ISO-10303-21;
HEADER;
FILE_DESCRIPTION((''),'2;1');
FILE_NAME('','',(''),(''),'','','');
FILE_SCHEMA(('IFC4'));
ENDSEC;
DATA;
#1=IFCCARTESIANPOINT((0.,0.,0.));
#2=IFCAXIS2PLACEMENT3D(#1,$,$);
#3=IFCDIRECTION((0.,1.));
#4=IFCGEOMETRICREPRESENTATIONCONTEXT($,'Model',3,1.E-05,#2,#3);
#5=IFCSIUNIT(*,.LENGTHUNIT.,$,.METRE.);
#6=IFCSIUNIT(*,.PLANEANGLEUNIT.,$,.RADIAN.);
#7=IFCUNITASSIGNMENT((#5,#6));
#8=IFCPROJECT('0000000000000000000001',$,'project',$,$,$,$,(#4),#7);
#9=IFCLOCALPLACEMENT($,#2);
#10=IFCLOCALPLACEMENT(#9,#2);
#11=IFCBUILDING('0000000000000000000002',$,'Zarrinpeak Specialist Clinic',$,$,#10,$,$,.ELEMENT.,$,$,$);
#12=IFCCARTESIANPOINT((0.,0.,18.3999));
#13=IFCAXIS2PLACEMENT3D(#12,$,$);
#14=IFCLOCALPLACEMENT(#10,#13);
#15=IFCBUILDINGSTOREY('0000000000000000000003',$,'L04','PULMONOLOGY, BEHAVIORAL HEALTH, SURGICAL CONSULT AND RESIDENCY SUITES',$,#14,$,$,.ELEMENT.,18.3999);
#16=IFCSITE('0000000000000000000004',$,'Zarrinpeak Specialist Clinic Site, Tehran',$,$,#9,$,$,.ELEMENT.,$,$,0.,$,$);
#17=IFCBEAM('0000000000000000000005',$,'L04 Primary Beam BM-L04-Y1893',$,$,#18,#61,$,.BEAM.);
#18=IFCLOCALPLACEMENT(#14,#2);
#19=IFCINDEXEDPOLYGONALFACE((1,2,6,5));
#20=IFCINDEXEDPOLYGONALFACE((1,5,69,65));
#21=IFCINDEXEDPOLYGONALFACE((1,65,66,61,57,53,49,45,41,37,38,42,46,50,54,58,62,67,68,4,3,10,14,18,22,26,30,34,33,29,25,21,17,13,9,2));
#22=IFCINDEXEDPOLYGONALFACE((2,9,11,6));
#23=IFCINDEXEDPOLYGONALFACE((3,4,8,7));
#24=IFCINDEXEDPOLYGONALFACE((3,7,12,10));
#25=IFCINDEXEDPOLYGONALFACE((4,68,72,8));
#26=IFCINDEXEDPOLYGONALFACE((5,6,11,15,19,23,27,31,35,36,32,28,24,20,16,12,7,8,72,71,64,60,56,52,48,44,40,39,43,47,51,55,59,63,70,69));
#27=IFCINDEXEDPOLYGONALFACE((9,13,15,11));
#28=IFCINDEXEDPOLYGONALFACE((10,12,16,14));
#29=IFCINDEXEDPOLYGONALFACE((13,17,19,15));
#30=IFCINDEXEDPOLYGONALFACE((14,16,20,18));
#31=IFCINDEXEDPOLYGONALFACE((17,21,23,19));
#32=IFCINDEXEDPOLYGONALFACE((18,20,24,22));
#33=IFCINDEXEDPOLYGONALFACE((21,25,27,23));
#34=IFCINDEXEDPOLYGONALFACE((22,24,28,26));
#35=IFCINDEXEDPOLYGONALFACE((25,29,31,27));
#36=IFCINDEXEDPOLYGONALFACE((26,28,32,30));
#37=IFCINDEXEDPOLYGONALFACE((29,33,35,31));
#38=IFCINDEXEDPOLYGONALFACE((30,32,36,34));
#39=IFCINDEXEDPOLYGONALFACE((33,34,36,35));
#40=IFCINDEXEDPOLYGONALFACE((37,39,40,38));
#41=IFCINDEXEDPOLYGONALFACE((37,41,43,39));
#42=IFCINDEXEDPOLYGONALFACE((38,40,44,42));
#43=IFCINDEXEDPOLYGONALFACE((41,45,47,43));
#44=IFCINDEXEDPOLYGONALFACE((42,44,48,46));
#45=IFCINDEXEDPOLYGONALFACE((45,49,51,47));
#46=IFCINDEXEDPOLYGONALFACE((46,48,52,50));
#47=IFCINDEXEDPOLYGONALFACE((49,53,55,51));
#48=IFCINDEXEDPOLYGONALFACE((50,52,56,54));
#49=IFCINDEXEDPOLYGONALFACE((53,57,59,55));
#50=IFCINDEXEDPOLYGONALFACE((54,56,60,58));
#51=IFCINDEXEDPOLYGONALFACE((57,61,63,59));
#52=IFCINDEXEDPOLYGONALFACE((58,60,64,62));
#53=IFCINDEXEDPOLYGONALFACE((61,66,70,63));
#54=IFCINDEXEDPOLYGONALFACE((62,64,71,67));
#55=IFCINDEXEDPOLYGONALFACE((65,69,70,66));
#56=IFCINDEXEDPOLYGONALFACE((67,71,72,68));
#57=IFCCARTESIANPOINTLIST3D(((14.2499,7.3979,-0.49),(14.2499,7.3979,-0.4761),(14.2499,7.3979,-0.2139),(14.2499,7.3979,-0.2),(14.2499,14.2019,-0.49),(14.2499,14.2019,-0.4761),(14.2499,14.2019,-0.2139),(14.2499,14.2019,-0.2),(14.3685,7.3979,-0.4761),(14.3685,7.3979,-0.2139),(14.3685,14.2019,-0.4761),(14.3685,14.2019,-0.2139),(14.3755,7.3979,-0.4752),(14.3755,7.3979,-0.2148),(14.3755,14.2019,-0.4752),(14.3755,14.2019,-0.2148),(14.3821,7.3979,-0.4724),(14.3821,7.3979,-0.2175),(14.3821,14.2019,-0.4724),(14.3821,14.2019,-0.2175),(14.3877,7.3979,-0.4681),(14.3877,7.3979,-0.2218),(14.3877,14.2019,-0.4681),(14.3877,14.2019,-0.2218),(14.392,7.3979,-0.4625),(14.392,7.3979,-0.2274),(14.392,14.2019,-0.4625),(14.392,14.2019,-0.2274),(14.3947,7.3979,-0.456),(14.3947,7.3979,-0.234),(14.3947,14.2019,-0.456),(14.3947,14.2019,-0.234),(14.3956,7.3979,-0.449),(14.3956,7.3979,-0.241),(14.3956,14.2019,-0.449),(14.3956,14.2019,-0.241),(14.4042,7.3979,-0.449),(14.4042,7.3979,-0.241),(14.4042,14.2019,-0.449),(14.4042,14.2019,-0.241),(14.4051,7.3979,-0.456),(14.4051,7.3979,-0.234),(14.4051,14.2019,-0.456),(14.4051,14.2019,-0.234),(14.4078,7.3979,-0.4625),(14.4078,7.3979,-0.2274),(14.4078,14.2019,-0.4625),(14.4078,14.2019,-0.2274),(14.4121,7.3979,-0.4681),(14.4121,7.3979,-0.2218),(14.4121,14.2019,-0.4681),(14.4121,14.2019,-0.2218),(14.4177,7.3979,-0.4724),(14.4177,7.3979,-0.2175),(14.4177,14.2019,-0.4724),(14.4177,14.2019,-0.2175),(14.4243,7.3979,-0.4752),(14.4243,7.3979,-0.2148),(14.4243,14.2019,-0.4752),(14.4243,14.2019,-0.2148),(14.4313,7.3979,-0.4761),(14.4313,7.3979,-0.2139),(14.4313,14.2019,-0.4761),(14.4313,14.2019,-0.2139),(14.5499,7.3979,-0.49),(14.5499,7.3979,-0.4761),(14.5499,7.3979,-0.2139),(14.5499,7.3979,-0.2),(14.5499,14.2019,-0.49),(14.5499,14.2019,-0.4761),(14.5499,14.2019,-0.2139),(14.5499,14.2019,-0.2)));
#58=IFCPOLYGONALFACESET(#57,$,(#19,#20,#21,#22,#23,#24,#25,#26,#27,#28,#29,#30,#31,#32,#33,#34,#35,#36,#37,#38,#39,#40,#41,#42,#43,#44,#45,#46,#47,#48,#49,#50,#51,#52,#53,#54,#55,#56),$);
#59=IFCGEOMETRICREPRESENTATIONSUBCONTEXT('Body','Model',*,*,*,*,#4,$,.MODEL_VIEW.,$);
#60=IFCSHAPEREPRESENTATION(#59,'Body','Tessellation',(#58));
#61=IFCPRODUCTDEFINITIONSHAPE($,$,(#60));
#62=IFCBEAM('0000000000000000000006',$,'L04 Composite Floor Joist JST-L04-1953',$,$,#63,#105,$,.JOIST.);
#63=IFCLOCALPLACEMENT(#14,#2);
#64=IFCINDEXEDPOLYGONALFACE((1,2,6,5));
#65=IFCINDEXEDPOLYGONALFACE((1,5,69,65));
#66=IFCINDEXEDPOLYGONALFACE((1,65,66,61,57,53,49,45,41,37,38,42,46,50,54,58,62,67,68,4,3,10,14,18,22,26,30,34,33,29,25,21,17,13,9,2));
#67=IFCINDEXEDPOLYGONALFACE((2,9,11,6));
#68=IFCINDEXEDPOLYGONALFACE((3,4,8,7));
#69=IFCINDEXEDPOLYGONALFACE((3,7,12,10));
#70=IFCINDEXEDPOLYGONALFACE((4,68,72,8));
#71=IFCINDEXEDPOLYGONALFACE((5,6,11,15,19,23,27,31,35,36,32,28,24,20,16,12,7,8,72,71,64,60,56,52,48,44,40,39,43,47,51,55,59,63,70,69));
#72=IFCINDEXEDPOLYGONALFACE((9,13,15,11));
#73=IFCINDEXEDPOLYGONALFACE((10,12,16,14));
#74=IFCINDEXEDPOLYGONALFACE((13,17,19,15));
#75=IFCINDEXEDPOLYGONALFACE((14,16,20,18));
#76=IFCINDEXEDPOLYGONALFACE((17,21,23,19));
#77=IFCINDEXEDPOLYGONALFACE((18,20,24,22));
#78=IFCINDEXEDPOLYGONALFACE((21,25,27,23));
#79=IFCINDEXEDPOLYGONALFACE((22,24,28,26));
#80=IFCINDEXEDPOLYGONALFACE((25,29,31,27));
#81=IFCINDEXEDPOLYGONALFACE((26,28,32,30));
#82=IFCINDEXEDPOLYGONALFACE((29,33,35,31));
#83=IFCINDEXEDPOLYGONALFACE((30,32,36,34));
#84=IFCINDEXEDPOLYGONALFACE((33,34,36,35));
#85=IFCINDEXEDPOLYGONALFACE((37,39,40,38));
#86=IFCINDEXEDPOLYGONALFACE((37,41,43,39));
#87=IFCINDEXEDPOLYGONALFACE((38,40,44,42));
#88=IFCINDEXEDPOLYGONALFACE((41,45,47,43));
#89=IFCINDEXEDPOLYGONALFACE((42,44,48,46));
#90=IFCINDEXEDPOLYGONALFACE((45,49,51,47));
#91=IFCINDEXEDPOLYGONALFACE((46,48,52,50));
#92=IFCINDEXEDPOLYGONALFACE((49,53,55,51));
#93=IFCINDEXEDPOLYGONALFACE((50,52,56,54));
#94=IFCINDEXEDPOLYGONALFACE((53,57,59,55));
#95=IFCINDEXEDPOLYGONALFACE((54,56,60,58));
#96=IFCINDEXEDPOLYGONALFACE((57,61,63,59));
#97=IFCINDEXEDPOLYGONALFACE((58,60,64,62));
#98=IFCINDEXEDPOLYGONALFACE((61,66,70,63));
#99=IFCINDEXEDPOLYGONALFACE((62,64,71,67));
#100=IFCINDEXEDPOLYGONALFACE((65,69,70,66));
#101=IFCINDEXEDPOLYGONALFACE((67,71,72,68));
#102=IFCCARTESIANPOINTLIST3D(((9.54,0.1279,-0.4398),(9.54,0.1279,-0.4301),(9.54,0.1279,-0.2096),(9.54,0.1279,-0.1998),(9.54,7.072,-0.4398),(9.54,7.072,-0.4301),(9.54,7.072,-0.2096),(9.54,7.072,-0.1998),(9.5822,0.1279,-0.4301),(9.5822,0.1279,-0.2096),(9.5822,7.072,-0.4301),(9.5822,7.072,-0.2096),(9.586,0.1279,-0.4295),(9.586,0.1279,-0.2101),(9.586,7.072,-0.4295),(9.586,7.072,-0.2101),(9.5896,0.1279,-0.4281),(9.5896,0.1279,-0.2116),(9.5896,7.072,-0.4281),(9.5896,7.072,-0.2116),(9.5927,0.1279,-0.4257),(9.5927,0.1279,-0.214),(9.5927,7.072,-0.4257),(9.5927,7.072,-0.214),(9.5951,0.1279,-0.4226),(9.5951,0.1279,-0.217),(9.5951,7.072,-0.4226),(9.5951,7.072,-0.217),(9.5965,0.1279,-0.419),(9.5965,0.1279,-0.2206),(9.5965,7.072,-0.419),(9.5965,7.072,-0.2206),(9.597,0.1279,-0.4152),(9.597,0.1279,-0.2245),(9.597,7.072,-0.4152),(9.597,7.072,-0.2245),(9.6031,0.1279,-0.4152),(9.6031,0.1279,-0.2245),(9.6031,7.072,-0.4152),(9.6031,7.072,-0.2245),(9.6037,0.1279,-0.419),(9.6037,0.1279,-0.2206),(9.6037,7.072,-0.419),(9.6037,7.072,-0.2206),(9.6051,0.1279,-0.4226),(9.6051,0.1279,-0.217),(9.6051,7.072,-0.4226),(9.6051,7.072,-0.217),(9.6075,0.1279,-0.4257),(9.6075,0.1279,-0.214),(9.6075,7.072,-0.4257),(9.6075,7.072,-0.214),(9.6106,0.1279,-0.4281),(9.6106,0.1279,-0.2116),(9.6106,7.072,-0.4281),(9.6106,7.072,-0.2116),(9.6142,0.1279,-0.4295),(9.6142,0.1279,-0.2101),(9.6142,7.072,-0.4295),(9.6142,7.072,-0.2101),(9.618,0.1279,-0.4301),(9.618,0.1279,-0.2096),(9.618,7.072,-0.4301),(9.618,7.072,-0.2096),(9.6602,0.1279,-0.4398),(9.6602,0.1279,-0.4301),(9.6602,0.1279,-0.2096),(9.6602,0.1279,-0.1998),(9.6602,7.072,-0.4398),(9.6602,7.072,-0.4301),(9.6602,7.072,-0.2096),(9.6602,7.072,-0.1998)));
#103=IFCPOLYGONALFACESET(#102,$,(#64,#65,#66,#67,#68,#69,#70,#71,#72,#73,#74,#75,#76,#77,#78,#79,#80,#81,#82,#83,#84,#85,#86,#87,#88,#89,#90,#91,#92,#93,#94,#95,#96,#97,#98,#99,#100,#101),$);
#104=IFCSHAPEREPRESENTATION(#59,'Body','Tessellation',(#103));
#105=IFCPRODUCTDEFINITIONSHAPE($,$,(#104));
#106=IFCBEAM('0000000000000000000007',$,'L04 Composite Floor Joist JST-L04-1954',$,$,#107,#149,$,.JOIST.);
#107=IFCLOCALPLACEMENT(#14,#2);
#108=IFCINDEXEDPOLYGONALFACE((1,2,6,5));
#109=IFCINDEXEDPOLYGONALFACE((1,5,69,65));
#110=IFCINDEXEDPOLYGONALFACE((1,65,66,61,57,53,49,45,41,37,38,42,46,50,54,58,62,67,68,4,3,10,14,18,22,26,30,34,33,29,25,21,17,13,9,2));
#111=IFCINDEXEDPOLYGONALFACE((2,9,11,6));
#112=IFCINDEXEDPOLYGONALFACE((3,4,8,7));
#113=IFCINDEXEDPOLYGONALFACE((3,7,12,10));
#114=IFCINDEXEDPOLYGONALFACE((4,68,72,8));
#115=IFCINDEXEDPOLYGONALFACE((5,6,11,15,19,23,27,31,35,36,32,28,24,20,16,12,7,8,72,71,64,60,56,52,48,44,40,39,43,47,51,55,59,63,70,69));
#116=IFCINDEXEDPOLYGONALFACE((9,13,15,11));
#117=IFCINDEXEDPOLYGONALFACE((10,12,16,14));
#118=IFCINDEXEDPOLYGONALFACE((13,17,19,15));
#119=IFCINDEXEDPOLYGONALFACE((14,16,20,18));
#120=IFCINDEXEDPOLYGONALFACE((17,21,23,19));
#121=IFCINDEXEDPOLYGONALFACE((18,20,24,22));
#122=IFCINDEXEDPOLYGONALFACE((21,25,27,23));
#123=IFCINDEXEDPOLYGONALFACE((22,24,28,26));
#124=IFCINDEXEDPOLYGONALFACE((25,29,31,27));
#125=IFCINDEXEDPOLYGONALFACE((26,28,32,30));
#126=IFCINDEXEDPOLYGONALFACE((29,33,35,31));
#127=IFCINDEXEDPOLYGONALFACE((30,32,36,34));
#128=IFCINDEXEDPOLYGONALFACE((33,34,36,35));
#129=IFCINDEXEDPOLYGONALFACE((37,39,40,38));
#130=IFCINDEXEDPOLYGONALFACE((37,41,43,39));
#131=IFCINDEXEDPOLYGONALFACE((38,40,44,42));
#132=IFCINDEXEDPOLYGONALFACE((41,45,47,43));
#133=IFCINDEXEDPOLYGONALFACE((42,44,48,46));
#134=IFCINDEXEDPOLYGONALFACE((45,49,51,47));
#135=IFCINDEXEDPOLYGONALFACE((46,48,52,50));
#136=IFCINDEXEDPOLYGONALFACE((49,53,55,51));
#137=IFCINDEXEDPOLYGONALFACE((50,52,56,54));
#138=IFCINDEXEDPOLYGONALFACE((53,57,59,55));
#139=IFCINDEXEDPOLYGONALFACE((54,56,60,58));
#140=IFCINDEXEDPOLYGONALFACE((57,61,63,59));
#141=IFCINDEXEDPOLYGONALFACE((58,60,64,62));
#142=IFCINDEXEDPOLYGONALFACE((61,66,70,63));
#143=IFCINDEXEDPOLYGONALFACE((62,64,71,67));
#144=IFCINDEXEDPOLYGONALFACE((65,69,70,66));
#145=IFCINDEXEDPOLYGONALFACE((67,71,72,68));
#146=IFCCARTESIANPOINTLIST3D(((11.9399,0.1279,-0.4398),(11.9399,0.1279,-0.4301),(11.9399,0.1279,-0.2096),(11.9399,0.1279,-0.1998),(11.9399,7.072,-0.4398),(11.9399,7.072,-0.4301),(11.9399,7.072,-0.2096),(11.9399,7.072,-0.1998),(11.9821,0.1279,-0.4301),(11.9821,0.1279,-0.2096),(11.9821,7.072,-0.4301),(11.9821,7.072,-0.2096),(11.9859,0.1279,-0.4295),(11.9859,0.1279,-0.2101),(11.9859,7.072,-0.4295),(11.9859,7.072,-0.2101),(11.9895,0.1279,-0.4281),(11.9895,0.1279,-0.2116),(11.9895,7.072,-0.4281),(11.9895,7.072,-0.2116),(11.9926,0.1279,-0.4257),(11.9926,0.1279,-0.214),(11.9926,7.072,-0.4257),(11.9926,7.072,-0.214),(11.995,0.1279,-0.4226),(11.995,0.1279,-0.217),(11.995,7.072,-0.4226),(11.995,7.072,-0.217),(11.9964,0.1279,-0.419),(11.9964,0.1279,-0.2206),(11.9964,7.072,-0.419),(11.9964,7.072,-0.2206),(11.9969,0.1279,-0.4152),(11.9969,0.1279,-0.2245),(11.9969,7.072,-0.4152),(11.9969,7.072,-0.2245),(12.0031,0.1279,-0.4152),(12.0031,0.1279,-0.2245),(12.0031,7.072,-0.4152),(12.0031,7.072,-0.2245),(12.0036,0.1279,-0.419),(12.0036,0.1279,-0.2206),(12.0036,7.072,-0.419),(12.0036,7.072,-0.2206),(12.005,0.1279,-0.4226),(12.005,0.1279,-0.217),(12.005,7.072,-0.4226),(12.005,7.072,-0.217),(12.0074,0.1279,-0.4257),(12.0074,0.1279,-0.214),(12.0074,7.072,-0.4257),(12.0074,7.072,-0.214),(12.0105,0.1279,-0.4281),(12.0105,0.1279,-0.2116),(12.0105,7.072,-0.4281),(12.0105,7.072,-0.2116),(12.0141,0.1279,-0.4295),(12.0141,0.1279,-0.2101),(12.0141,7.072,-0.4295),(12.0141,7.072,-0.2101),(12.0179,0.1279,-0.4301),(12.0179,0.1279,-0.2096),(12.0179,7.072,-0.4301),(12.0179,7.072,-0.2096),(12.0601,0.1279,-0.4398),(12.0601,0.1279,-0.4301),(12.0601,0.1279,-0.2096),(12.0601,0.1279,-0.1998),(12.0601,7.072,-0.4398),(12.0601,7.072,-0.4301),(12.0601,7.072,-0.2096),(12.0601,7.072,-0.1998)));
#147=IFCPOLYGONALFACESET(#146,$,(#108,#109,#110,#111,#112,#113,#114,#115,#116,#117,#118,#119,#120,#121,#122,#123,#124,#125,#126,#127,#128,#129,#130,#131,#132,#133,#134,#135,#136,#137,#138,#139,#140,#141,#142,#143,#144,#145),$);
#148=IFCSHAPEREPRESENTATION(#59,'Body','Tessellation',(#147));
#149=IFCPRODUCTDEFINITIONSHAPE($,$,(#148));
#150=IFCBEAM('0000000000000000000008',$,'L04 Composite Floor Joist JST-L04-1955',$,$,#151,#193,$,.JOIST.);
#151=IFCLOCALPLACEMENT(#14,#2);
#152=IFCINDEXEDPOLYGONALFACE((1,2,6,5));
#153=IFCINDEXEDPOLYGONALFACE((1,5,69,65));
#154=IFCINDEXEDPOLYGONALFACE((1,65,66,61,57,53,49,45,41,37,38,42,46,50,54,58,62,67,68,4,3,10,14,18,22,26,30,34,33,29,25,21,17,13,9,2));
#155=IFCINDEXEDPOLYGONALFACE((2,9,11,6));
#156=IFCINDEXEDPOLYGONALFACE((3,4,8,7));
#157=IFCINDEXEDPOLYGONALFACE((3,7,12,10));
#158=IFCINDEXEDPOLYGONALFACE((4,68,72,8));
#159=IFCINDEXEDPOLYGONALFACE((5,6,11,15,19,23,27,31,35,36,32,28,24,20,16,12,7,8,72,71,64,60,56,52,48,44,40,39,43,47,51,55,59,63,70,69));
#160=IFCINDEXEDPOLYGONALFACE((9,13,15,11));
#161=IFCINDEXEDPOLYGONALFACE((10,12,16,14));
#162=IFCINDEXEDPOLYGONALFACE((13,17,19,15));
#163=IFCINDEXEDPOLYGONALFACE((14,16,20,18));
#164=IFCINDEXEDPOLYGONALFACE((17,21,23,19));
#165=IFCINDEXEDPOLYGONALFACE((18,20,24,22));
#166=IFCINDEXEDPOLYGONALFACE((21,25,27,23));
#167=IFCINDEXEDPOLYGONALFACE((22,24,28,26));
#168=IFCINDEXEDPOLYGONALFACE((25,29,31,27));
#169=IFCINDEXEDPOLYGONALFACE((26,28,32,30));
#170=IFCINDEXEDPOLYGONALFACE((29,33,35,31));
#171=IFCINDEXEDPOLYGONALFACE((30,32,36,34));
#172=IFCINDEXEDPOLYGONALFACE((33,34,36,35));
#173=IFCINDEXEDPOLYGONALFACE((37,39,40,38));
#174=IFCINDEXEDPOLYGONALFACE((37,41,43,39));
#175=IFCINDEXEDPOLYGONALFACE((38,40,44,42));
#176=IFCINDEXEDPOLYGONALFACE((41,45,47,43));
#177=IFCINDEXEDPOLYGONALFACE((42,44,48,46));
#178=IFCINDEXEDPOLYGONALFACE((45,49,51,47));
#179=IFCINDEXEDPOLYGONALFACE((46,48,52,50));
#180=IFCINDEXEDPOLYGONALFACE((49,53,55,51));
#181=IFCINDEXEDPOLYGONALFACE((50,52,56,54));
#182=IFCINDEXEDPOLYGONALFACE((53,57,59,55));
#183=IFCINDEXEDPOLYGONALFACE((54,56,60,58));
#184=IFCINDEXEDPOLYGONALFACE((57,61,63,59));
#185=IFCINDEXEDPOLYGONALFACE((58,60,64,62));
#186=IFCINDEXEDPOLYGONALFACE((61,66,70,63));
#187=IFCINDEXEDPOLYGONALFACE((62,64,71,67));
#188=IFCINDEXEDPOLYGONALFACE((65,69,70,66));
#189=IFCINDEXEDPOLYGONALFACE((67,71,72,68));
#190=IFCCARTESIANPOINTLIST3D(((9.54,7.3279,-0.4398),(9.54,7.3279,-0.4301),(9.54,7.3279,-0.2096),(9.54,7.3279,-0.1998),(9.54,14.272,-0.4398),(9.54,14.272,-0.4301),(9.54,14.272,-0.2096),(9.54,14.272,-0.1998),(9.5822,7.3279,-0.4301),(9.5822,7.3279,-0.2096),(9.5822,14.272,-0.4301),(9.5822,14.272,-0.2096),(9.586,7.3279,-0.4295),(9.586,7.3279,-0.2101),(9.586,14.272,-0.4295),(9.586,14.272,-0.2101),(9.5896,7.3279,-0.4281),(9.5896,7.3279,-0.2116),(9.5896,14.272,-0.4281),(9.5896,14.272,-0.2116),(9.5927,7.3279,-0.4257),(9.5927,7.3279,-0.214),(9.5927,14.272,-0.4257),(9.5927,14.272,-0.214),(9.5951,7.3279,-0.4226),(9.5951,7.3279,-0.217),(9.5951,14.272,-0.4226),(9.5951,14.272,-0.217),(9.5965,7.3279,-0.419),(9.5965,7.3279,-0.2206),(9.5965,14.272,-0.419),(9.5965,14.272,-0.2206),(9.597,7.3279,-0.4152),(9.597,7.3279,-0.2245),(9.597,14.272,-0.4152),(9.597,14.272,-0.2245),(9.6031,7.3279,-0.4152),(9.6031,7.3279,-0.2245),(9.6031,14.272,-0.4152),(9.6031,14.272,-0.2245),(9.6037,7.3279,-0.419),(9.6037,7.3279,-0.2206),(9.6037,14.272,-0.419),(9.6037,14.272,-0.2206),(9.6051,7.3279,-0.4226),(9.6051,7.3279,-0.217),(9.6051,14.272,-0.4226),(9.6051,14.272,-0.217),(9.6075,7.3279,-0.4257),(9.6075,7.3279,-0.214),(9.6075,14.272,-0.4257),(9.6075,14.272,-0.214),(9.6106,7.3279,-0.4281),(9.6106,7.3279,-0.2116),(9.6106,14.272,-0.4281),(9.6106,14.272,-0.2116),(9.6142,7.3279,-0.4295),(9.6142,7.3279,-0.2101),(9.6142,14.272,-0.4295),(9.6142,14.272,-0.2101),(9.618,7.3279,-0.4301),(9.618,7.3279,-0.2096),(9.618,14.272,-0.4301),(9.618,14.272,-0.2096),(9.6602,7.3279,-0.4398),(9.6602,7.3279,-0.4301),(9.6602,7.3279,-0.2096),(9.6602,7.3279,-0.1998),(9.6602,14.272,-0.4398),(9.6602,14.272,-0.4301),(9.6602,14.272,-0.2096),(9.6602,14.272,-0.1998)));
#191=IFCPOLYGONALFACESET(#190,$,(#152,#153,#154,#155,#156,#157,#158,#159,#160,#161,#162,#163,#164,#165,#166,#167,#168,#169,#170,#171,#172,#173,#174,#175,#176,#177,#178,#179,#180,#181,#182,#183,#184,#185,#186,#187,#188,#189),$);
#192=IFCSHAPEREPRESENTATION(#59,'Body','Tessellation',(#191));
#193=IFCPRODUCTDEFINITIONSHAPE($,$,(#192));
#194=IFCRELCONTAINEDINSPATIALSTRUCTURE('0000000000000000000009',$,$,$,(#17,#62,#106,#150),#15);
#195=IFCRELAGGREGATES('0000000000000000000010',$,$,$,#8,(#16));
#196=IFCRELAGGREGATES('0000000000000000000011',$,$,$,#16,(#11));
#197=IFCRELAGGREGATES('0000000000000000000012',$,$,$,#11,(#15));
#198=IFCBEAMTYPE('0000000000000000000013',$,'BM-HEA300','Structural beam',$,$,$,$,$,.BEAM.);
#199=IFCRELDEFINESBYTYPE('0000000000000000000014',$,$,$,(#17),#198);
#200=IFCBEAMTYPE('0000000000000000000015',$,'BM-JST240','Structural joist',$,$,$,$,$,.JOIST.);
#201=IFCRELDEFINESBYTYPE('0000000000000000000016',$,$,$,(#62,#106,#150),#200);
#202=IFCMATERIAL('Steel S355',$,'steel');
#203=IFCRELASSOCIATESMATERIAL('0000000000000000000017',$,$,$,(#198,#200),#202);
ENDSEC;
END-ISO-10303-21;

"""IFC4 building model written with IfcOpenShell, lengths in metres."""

from ifc_helpers import new_model, si_unit, direction, frame, origin, origin_2d, place, context, subcontext, project, spatial, i_section, extrude, material, material_profile, profile_set, type_object, element, save


model = new_model("IFC4")

# Units and contexts
model_context = context("Model", 3, precision=1e-05, world=origin(), true_north=direction((0.0, 1.0)))
body_context = subcontext(model_context, "Body", "Model", "MODEL_VIEW")
ifc_project = project(units=[si_unit("LENGTHUNIT", "METRE"), si_unit("PLANEANGLEUNIT", "RADIAN")], contexts=[model_context])

# Site, building, storey
site_placement = place(None, origin())
site = spatial("IfcSite", under=ifc_project, at=site_placement, Name="Zarrinpeak Specialist Clinic Site, Tehran", CompositionType="ELEMENT", RefElevation=0.0)
building_placement = place(site_placement, origin())
building = spatial("IfcBuilding", under=site, at=building_placement, Name="Zarrinpeak Specialist Clinic", CompositionType="ELEMENT")
storey_placement = place(building_placement, frame((0.0, 0.0, 18.3999)))
storey = spatial("IfcBuildingStorey", under=building, at=storey_placement, Name="L04", Description="PULMONOLOGY, BEHAVIORAL HEALTH, SURGICAL CONSULT AND RESIDENCY SUITES", CompositionType="ELEMENT", Elevation=18.3999)

# Shared definitions
ifc_material_1 = material(Name="Steel S355", Category="steel")

# Beams
ifc_material_profile_1 = material_profile(ifc_material_1, i_section(OverallWidth=0.3, OverallDepth=0.29, WebThickness=0.0085, FlangeThickness=0.0139, FilletRadius=0.0271, at=origin_2d()), Name="HEA 300")
ifc_profile_set_1 = profile_set([ifc_material_profile_1], Name="Steel S355")
beam_type_1 = type_object("IfcBeamType", Name="BM-HEA300", Description="Structural beam", PredefinedType="BEAM", material=ifc_profile_set_1)
for number, where, z_axis, x_axis, name in (
    (1, (14.3999, 7.3979, -0.345), (0.0, 1.0, 0.0), (-1.0, 0.0, 0.0), "L04 Primary Beam BM-L04-Y1893"),
):
    element("IfcBeam", number, at=place(storey_placement, frame(where, z_axis=z_axis, x_axis=x_axis)), inside=storey, type_object=beam_type_1, Name=name, PredefinedType="BEAM", context=body_context, shape_type="SweptSolid", body=[
        extrude(i_section(OverallWidth=0.3, OverallDepth=0.29, WebThickness=0.0085, FlangeThickness=0.0139, FilletRadius=0.0271, at=origin_2d()), origin(), (0.0, 0.0, 1.0), 6.804),
    ])
ifc_material_profile_2 = material_profile(ifc_material_1, i_section(OverallWidth=0.1201, OverallDepth=0.24, WebThickness=0.0061, FlangeThickness=0.0098, FilletRadius=0.0149, at=origin_2d()), Name="IPE 240")
ifc_profile_set_2 = profile_set([ifc_material_profile_2], Name="Steel S355")
beam_type_2 = type_object("IfcBeamType", Name="BM-JST240", Description="Structural joist", PredefinedType="JOIST", material=ifc_profile_set_2)
for number, where, z_axis, x_axis, name in (
    (2, (9.6001, 0.1279, -0.3198), (0.0, 1.0, 0.0), (-1.0, 0.0, 0.0), "L04 Composite Floor Joist JST-L04-1953"),
    (3, (12.0, 0.1279, -0.3198), (0.0, 1.0, 0.0), (-1.0, 0.0, 0.0), "L04 Composite Floor Joist JST-L04-1954"),
    (4, (9.6001, 7.3279, -0.3198), (0.0, 1.0, 0.0), (-1.0, 0.0, 0.0), "L04 Composite Floor Joist JST-L04-1955"),
):
    element("IfcBeam", number, at=place(storey_placement, frame(where, z_axis=z_axis, x_axis=x_axis)), inside=storey, type_object=beam_type_2, Name=name, PredefinedType="JOIST", context=body_context, shape_type="SweptSolid", body=[
        extrude(i_section(OverallWidth=0.1201, OverallDepth=0.24, WebThickness=0.0061, FlangeThickness=0.0098, FilletRadius=0.0149, at=origin_2d()), origin(), (0.0, 0.0, 1.0), 6.9441),
    ])

save(model, "model.ifc")
